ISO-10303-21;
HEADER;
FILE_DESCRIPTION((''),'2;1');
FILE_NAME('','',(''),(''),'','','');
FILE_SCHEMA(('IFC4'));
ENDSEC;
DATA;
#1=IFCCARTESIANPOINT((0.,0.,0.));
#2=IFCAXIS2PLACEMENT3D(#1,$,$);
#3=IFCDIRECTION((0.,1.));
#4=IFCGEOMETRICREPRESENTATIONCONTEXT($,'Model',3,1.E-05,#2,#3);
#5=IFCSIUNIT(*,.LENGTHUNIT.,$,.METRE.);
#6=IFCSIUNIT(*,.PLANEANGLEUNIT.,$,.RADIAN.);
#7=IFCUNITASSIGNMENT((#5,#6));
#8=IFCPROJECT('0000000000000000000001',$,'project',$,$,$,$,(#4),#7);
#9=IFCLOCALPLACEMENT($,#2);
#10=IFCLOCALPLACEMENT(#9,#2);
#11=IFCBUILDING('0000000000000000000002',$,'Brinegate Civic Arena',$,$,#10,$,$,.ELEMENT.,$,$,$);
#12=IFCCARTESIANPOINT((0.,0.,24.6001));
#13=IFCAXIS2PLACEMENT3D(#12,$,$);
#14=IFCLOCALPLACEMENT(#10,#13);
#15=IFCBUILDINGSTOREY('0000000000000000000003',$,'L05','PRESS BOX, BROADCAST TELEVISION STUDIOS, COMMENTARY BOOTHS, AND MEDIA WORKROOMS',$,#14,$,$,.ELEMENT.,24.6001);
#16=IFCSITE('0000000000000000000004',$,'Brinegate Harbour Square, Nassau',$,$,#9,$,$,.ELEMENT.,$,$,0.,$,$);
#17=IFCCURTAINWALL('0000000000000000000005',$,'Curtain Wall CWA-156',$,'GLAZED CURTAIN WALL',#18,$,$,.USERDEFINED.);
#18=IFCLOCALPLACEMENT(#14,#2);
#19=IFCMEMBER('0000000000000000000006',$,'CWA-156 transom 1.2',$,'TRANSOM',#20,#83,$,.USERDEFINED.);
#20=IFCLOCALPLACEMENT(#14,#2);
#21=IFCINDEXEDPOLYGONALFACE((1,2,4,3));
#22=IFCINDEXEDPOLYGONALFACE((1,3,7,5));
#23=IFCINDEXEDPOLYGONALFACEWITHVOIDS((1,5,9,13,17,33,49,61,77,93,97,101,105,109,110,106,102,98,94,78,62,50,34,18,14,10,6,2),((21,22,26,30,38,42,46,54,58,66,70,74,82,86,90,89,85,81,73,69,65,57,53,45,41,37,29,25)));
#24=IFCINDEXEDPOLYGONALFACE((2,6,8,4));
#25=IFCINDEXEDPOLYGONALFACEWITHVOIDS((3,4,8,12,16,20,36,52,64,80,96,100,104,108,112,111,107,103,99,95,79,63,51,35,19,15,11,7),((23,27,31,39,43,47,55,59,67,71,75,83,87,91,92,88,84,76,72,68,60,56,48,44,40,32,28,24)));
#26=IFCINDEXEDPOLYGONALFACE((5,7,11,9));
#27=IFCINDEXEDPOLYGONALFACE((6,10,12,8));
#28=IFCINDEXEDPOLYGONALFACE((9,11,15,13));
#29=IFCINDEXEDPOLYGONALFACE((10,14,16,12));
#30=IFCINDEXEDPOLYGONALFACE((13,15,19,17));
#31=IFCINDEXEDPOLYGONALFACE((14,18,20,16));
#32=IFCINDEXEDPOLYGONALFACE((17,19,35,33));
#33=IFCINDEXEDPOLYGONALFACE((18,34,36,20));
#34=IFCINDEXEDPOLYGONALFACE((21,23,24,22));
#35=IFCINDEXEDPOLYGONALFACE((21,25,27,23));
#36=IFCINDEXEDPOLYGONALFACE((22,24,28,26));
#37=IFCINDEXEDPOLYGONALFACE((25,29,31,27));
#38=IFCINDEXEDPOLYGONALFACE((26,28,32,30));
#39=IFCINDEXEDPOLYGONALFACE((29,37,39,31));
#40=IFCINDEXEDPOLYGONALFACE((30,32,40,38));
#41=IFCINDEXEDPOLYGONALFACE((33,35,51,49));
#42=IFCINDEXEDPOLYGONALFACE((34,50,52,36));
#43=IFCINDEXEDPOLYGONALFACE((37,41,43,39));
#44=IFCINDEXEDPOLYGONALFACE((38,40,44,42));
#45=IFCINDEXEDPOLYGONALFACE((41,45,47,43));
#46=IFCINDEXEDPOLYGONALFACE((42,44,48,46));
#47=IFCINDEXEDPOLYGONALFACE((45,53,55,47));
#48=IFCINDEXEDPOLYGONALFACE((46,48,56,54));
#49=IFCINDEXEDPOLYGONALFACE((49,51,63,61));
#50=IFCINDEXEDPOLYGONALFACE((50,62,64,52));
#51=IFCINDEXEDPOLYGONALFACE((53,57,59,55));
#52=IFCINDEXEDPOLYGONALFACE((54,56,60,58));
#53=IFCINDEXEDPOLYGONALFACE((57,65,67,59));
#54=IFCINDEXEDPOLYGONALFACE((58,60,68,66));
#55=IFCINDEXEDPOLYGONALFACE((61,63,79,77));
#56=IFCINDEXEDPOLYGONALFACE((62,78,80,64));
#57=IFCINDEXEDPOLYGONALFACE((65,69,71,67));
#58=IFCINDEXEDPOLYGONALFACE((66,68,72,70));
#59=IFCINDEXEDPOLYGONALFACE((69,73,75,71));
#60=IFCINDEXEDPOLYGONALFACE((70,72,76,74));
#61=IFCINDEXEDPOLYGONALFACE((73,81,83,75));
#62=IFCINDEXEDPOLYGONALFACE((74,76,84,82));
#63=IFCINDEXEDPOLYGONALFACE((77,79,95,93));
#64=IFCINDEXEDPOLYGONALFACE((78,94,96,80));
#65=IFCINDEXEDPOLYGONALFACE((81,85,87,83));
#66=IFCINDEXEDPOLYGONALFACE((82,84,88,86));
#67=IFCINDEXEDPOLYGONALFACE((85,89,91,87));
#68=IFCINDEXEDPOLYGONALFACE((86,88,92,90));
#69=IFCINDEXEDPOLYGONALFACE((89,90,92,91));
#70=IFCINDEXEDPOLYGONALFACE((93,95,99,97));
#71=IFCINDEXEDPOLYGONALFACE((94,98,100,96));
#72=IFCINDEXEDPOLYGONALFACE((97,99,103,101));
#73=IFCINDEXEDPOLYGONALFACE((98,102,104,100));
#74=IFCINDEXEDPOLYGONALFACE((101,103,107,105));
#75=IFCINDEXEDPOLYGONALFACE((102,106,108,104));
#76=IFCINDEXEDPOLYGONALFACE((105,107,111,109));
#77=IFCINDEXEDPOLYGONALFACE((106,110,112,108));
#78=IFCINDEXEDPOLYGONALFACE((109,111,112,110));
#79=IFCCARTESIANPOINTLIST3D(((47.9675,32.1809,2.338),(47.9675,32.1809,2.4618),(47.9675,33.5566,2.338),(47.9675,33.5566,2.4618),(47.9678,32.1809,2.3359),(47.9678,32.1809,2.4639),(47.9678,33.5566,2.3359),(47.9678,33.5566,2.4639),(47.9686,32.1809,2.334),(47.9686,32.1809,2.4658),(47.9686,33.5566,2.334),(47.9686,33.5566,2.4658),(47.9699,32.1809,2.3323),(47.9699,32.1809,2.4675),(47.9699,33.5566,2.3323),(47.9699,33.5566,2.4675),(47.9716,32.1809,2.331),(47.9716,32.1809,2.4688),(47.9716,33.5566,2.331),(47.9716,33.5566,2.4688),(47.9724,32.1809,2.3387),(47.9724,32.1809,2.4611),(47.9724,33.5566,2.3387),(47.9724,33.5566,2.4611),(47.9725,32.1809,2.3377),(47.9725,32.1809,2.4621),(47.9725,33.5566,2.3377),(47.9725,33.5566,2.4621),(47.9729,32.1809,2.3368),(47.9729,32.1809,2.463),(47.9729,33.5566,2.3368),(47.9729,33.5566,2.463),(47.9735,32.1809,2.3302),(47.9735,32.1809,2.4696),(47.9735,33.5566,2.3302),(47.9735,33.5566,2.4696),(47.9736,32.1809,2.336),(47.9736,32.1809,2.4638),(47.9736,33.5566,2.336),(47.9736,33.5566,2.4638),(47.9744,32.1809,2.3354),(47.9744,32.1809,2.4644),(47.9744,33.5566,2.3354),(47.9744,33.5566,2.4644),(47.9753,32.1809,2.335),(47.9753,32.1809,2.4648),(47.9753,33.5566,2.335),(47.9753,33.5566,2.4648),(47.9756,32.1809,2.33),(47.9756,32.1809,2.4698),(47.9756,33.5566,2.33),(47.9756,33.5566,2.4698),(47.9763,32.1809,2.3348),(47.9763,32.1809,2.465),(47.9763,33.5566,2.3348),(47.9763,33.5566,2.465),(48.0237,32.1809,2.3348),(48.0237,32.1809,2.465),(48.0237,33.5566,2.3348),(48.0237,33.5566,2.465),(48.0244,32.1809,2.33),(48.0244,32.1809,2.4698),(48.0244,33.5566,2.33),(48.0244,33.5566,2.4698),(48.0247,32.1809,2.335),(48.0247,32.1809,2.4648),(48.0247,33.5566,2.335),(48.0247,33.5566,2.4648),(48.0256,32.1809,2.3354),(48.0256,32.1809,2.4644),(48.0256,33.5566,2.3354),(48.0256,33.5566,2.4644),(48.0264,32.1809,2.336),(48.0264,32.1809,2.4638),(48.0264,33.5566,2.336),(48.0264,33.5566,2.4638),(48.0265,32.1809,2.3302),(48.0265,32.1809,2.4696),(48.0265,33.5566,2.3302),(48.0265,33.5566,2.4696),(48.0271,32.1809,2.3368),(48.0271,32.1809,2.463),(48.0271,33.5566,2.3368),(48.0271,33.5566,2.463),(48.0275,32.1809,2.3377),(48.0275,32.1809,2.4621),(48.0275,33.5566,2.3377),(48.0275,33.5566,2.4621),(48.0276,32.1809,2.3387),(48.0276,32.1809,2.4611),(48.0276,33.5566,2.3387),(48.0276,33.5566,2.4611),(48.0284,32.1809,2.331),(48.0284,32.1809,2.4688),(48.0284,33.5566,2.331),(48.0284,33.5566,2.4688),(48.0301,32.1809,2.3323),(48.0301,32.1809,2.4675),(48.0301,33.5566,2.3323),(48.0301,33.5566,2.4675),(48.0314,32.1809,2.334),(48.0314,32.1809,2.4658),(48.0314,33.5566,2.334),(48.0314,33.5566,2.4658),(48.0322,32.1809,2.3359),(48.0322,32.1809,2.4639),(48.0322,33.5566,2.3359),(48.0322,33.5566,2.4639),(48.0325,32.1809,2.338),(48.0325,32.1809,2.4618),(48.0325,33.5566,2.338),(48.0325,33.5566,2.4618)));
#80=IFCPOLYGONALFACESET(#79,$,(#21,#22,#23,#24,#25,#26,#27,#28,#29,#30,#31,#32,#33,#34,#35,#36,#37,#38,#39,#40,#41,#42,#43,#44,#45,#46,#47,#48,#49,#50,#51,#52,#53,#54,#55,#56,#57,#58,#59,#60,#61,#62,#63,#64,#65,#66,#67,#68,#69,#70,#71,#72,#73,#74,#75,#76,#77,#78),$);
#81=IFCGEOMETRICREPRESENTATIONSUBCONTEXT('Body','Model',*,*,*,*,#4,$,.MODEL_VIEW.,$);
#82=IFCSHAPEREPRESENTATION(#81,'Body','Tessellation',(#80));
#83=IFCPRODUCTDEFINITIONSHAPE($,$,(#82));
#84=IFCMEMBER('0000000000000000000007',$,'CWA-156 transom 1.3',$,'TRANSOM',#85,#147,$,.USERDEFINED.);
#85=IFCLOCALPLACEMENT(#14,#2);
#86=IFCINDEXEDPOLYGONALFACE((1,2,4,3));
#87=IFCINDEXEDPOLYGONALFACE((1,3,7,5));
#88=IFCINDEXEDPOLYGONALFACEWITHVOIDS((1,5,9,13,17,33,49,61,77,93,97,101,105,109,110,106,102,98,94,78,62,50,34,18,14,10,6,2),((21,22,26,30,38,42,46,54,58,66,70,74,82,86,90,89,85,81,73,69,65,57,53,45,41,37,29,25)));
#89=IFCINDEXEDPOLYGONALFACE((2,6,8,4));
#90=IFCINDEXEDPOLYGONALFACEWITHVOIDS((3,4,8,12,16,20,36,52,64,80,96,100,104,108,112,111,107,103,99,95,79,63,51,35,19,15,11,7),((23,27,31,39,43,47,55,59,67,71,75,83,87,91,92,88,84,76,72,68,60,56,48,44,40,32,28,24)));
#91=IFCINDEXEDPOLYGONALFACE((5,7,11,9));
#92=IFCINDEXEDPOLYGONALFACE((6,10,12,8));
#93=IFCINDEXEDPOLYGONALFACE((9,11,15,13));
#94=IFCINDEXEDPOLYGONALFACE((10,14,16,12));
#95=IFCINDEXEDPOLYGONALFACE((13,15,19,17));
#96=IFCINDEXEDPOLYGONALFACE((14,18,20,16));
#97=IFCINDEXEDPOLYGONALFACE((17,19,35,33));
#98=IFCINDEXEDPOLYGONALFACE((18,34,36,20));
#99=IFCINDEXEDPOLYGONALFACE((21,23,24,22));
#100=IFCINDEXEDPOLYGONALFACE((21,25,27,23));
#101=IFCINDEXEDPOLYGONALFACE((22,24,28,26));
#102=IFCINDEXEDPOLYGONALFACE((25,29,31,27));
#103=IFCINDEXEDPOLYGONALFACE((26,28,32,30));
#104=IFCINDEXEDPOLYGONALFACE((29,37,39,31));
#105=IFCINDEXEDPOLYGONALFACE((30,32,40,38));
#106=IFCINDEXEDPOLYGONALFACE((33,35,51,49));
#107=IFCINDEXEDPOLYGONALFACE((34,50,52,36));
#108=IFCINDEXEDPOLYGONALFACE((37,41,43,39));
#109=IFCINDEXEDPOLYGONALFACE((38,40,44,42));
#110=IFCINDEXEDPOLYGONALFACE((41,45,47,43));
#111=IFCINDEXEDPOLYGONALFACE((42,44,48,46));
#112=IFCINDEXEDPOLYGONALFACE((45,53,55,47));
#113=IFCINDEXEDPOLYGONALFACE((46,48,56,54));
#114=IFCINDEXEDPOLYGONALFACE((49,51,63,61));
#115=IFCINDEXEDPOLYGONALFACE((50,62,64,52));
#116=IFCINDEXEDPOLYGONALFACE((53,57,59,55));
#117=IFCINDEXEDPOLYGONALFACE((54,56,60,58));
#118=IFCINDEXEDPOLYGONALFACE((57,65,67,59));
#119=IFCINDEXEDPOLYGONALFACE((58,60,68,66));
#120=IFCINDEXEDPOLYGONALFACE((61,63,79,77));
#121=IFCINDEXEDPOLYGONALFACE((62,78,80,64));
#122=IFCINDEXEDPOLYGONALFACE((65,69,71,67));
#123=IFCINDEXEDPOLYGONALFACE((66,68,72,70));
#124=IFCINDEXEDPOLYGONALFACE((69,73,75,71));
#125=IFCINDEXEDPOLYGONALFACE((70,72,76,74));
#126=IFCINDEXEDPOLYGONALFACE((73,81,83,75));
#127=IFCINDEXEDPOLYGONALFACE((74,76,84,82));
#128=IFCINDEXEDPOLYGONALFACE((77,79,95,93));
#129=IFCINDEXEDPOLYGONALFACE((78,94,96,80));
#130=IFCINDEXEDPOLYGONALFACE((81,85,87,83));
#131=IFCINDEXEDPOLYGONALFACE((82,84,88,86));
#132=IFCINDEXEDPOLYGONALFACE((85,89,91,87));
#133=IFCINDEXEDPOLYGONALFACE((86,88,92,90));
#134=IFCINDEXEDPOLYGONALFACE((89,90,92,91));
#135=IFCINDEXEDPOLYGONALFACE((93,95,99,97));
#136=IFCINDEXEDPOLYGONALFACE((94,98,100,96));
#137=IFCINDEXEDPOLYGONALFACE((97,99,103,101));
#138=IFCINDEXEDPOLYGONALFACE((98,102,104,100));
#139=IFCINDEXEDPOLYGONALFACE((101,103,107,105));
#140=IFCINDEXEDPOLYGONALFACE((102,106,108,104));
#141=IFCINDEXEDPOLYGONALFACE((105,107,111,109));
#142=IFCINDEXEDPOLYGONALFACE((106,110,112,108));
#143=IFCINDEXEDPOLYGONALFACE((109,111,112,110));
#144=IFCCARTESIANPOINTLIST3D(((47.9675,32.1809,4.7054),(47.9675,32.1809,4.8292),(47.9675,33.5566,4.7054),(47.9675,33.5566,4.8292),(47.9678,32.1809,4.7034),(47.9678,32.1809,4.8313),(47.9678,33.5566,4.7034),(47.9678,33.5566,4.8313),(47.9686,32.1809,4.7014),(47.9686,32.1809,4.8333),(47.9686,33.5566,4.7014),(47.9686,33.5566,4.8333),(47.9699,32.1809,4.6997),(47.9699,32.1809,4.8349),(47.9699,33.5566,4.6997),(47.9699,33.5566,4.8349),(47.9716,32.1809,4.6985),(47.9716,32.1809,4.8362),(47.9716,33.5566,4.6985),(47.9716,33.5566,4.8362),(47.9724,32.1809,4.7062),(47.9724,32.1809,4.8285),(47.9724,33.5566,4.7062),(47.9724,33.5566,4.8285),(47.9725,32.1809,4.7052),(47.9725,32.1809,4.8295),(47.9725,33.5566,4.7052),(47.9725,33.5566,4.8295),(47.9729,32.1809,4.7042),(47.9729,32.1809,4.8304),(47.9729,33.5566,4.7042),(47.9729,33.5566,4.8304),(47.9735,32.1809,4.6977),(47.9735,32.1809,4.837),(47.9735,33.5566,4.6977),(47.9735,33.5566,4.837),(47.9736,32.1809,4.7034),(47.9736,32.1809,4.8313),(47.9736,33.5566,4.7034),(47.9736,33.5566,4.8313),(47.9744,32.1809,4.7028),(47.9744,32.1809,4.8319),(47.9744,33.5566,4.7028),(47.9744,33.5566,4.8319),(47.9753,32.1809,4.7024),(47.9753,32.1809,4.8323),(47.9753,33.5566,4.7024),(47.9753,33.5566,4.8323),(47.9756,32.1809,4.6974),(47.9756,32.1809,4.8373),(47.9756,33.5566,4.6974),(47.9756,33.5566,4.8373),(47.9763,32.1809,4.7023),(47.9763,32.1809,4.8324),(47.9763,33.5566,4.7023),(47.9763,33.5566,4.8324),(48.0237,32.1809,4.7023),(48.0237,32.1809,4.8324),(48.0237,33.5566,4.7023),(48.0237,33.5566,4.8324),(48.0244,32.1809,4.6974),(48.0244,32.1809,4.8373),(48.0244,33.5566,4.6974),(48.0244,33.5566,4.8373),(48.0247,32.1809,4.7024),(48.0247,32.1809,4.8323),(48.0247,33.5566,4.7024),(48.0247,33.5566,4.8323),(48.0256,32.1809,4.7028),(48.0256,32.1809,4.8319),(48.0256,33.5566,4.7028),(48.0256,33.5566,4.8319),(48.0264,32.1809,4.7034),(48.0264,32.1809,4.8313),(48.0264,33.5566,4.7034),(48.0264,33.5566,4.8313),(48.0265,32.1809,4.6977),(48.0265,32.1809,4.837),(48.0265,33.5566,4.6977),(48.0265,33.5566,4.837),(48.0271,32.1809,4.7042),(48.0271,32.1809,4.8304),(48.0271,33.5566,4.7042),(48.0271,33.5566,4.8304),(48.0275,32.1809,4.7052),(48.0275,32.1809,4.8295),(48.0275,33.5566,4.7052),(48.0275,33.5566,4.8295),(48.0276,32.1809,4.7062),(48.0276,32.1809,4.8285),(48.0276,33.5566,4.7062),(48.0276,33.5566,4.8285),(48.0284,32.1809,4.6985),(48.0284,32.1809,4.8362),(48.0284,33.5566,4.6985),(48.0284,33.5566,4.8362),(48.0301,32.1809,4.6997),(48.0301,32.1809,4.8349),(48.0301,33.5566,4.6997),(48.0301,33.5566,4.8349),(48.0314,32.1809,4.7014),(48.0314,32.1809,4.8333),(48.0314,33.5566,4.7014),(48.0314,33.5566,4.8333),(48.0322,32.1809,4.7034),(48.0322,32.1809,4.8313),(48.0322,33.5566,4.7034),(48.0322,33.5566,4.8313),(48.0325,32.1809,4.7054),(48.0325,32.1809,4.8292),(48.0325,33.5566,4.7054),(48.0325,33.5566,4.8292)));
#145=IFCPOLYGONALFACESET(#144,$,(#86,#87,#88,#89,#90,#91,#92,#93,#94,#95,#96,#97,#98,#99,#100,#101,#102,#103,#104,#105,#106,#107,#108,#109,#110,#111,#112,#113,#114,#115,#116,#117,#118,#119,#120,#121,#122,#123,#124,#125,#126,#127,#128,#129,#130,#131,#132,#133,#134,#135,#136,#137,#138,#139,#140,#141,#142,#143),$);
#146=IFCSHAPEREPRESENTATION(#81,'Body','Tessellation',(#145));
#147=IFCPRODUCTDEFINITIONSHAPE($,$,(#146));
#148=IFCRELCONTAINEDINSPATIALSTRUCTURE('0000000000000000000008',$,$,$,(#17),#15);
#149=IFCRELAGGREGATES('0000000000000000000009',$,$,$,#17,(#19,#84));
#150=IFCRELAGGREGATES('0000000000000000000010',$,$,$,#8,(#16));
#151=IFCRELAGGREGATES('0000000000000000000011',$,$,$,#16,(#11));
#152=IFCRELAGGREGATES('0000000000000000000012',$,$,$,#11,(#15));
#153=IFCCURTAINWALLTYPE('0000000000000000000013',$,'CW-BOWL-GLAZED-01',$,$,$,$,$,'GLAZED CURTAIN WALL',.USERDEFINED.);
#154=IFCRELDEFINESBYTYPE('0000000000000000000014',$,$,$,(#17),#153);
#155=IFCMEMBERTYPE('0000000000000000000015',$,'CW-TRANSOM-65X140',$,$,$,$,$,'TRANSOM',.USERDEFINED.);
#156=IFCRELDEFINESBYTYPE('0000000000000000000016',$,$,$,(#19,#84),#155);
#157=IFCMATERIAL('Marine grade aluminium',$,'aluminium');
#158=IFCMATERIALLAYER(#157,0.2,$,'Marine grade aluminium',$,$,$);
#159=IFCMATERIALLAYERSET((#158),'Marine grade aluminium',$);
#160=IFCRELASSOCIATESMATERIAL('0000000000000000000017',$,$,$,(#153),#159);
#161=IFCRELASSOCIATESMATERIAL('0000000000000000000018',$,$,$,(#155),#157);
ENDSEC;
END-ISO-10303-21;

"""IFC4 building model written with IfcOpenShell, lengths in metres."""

from ifc_helpers import new_model, si_unit, direction, frame, origin, origin_2d, place, context, subcontext, project, spatial, hollow_rectangle, extrude, material, layer, layer_set, material_profile, profile_set, type_object, element, aggregate, save


model = new_model("IFC4")

# Units and contexts
model_context = context("Model", 3, precision=1e-05, world=origin(), true_north=direction((0.0, 1.0)))
body_context = subcontext(model_context, "Body", "Model", "MODEL_VIEW")
ifc_project = project(units=[si_unit("LENGTHUNIT", "METRE"), si_unit("PLANEANGLEUNIT", "RADIAN")], contexts=[model_context])

# Site, building, storey
site_placement = place(None, origin())
site = spatial("IfcSite", under=ifc_project, at=site_placement, Name="Brinegate Harbour Square, Nassau", CompositionType="ELEMENT", RefElevation=0.0)
building_placement = place(site_placement, origin())
building = spatial("IfcBuilding", under=site, at=building_placement, Name="Brinegate Civic Arena", CompositionType="ELEMENT")
storey_placement = place(building_placement, frame((0.0, 0.0, 24.6001)))
storey = spatial("IfcBuildingStorey", under=building, at=storey_placement, Name="L05", Description="PRESS BOX, BROADCAST TELEVISION STUDIOS, COMMENTARY BOOTHS, AND MEDIA WORKROOMS", CompositionType="ELEMENT", Elevation=24.6001)

# Curtain wall
ifc_material_1 = material(Name="Marine grade aluminium", Category="aluminium")
ifc_layer_1 = layer(ifc_material_1, 0.2, Name="Marine grade aluminium")
ifc_layer_set_1 = layer_set([ifc_layer_1], Name="Marine grade aluminium")
curtain_wall_type = type_object("IfcCurtainWallType", Name="CW-BOWL-GLAZED-01", ElementType="GLAZED CURTAIN WALL", PredefinedType="USERDEFINED", material=ifc_layer_set_1)
curtain_wall_1_placement = place(storey_placement, origin())
curtain_wall_1 = element("IfcCurtainWall", 1, at=curtain_wall_1_placement, inside=storey, type_object=curtain_wall_type, Name="Curtain Wall CWA-156", ObjectType="GLAZED CURTAIN WALL", PredefinedType="USERDEFINED")

# Members
ifc_material_profile_1 = material_profile(ifc_material_1, hollow_rectangle(XDim=0.0649, YDim=0.1399, WallThickness=0.0049, InnerFilletRadius=0.0039, OuterFilletRadius=0.0081, at=origin_2d()), Name="TRN65X140")
ifc_profile_set_1 = profile_set([ifc_material_profile_1], Name="Marine grade aluminium")
member_type_1 = type_object("IfcMemberType", Name="CW-TRANSOM-65X140", ElementType="TRANSOM", PredefinedType="USERDEFINED", material=ifc_profile_set_1)
member_1_placement = place(storey_placement, frame((48.0, 32.1809, 2.3999), z_axis=(0.0, 1.0, 0.0), x_axis=(-1.0, 0.0, 0.0)))
member_1 = element("IfcMember", 2, at=member_1_placement, type_object=member_type_1, Name="CWA-156 transom 1.2", ObjectType="TRANSOM", PredefinedType="USERDEFINED", context=body_context, shape_type="SweptSolid", body=[
    extrude(hollow_rectangle(XDim=0.0649, YDim=0.1399, WallThickness=0.0049, InnerFilletRadius=0.0039, OuterFilletRadius=0.0081, at=origin_2d()), origin(), (0.0, 0.0, 1.0), 1.3757),
])
member_2_placement = place(storey_placement, frame((48.0, 32.1809, 4.7673), z_axis=(0.0, 1.0, 0.0), x_axis=(-1.0, 0.0, 0.0)))
member_2 = element("IfcMember", 3, at=member_2_placement, type_object=member_type_1, Name="CWA-156 transom 1.3", ObjectType="TRANSOM", PredefinedType="USERDEFINED", context=body_context, shape_type="SweptSolid", body=[
    extrude(hollow_rectangle(XDim=0.0649, YDim=0.1399, WallThickness=0.0049, InnerFilletRadius=0.0039, OuterFilletRadius=0.0081, at=origin_2d()), origin(), (0.0, 0.0, 1.0), 1.3757),
])

aggregate(curtain_wall_1, [member_1, member_2])

save(model, "model.ifc")
